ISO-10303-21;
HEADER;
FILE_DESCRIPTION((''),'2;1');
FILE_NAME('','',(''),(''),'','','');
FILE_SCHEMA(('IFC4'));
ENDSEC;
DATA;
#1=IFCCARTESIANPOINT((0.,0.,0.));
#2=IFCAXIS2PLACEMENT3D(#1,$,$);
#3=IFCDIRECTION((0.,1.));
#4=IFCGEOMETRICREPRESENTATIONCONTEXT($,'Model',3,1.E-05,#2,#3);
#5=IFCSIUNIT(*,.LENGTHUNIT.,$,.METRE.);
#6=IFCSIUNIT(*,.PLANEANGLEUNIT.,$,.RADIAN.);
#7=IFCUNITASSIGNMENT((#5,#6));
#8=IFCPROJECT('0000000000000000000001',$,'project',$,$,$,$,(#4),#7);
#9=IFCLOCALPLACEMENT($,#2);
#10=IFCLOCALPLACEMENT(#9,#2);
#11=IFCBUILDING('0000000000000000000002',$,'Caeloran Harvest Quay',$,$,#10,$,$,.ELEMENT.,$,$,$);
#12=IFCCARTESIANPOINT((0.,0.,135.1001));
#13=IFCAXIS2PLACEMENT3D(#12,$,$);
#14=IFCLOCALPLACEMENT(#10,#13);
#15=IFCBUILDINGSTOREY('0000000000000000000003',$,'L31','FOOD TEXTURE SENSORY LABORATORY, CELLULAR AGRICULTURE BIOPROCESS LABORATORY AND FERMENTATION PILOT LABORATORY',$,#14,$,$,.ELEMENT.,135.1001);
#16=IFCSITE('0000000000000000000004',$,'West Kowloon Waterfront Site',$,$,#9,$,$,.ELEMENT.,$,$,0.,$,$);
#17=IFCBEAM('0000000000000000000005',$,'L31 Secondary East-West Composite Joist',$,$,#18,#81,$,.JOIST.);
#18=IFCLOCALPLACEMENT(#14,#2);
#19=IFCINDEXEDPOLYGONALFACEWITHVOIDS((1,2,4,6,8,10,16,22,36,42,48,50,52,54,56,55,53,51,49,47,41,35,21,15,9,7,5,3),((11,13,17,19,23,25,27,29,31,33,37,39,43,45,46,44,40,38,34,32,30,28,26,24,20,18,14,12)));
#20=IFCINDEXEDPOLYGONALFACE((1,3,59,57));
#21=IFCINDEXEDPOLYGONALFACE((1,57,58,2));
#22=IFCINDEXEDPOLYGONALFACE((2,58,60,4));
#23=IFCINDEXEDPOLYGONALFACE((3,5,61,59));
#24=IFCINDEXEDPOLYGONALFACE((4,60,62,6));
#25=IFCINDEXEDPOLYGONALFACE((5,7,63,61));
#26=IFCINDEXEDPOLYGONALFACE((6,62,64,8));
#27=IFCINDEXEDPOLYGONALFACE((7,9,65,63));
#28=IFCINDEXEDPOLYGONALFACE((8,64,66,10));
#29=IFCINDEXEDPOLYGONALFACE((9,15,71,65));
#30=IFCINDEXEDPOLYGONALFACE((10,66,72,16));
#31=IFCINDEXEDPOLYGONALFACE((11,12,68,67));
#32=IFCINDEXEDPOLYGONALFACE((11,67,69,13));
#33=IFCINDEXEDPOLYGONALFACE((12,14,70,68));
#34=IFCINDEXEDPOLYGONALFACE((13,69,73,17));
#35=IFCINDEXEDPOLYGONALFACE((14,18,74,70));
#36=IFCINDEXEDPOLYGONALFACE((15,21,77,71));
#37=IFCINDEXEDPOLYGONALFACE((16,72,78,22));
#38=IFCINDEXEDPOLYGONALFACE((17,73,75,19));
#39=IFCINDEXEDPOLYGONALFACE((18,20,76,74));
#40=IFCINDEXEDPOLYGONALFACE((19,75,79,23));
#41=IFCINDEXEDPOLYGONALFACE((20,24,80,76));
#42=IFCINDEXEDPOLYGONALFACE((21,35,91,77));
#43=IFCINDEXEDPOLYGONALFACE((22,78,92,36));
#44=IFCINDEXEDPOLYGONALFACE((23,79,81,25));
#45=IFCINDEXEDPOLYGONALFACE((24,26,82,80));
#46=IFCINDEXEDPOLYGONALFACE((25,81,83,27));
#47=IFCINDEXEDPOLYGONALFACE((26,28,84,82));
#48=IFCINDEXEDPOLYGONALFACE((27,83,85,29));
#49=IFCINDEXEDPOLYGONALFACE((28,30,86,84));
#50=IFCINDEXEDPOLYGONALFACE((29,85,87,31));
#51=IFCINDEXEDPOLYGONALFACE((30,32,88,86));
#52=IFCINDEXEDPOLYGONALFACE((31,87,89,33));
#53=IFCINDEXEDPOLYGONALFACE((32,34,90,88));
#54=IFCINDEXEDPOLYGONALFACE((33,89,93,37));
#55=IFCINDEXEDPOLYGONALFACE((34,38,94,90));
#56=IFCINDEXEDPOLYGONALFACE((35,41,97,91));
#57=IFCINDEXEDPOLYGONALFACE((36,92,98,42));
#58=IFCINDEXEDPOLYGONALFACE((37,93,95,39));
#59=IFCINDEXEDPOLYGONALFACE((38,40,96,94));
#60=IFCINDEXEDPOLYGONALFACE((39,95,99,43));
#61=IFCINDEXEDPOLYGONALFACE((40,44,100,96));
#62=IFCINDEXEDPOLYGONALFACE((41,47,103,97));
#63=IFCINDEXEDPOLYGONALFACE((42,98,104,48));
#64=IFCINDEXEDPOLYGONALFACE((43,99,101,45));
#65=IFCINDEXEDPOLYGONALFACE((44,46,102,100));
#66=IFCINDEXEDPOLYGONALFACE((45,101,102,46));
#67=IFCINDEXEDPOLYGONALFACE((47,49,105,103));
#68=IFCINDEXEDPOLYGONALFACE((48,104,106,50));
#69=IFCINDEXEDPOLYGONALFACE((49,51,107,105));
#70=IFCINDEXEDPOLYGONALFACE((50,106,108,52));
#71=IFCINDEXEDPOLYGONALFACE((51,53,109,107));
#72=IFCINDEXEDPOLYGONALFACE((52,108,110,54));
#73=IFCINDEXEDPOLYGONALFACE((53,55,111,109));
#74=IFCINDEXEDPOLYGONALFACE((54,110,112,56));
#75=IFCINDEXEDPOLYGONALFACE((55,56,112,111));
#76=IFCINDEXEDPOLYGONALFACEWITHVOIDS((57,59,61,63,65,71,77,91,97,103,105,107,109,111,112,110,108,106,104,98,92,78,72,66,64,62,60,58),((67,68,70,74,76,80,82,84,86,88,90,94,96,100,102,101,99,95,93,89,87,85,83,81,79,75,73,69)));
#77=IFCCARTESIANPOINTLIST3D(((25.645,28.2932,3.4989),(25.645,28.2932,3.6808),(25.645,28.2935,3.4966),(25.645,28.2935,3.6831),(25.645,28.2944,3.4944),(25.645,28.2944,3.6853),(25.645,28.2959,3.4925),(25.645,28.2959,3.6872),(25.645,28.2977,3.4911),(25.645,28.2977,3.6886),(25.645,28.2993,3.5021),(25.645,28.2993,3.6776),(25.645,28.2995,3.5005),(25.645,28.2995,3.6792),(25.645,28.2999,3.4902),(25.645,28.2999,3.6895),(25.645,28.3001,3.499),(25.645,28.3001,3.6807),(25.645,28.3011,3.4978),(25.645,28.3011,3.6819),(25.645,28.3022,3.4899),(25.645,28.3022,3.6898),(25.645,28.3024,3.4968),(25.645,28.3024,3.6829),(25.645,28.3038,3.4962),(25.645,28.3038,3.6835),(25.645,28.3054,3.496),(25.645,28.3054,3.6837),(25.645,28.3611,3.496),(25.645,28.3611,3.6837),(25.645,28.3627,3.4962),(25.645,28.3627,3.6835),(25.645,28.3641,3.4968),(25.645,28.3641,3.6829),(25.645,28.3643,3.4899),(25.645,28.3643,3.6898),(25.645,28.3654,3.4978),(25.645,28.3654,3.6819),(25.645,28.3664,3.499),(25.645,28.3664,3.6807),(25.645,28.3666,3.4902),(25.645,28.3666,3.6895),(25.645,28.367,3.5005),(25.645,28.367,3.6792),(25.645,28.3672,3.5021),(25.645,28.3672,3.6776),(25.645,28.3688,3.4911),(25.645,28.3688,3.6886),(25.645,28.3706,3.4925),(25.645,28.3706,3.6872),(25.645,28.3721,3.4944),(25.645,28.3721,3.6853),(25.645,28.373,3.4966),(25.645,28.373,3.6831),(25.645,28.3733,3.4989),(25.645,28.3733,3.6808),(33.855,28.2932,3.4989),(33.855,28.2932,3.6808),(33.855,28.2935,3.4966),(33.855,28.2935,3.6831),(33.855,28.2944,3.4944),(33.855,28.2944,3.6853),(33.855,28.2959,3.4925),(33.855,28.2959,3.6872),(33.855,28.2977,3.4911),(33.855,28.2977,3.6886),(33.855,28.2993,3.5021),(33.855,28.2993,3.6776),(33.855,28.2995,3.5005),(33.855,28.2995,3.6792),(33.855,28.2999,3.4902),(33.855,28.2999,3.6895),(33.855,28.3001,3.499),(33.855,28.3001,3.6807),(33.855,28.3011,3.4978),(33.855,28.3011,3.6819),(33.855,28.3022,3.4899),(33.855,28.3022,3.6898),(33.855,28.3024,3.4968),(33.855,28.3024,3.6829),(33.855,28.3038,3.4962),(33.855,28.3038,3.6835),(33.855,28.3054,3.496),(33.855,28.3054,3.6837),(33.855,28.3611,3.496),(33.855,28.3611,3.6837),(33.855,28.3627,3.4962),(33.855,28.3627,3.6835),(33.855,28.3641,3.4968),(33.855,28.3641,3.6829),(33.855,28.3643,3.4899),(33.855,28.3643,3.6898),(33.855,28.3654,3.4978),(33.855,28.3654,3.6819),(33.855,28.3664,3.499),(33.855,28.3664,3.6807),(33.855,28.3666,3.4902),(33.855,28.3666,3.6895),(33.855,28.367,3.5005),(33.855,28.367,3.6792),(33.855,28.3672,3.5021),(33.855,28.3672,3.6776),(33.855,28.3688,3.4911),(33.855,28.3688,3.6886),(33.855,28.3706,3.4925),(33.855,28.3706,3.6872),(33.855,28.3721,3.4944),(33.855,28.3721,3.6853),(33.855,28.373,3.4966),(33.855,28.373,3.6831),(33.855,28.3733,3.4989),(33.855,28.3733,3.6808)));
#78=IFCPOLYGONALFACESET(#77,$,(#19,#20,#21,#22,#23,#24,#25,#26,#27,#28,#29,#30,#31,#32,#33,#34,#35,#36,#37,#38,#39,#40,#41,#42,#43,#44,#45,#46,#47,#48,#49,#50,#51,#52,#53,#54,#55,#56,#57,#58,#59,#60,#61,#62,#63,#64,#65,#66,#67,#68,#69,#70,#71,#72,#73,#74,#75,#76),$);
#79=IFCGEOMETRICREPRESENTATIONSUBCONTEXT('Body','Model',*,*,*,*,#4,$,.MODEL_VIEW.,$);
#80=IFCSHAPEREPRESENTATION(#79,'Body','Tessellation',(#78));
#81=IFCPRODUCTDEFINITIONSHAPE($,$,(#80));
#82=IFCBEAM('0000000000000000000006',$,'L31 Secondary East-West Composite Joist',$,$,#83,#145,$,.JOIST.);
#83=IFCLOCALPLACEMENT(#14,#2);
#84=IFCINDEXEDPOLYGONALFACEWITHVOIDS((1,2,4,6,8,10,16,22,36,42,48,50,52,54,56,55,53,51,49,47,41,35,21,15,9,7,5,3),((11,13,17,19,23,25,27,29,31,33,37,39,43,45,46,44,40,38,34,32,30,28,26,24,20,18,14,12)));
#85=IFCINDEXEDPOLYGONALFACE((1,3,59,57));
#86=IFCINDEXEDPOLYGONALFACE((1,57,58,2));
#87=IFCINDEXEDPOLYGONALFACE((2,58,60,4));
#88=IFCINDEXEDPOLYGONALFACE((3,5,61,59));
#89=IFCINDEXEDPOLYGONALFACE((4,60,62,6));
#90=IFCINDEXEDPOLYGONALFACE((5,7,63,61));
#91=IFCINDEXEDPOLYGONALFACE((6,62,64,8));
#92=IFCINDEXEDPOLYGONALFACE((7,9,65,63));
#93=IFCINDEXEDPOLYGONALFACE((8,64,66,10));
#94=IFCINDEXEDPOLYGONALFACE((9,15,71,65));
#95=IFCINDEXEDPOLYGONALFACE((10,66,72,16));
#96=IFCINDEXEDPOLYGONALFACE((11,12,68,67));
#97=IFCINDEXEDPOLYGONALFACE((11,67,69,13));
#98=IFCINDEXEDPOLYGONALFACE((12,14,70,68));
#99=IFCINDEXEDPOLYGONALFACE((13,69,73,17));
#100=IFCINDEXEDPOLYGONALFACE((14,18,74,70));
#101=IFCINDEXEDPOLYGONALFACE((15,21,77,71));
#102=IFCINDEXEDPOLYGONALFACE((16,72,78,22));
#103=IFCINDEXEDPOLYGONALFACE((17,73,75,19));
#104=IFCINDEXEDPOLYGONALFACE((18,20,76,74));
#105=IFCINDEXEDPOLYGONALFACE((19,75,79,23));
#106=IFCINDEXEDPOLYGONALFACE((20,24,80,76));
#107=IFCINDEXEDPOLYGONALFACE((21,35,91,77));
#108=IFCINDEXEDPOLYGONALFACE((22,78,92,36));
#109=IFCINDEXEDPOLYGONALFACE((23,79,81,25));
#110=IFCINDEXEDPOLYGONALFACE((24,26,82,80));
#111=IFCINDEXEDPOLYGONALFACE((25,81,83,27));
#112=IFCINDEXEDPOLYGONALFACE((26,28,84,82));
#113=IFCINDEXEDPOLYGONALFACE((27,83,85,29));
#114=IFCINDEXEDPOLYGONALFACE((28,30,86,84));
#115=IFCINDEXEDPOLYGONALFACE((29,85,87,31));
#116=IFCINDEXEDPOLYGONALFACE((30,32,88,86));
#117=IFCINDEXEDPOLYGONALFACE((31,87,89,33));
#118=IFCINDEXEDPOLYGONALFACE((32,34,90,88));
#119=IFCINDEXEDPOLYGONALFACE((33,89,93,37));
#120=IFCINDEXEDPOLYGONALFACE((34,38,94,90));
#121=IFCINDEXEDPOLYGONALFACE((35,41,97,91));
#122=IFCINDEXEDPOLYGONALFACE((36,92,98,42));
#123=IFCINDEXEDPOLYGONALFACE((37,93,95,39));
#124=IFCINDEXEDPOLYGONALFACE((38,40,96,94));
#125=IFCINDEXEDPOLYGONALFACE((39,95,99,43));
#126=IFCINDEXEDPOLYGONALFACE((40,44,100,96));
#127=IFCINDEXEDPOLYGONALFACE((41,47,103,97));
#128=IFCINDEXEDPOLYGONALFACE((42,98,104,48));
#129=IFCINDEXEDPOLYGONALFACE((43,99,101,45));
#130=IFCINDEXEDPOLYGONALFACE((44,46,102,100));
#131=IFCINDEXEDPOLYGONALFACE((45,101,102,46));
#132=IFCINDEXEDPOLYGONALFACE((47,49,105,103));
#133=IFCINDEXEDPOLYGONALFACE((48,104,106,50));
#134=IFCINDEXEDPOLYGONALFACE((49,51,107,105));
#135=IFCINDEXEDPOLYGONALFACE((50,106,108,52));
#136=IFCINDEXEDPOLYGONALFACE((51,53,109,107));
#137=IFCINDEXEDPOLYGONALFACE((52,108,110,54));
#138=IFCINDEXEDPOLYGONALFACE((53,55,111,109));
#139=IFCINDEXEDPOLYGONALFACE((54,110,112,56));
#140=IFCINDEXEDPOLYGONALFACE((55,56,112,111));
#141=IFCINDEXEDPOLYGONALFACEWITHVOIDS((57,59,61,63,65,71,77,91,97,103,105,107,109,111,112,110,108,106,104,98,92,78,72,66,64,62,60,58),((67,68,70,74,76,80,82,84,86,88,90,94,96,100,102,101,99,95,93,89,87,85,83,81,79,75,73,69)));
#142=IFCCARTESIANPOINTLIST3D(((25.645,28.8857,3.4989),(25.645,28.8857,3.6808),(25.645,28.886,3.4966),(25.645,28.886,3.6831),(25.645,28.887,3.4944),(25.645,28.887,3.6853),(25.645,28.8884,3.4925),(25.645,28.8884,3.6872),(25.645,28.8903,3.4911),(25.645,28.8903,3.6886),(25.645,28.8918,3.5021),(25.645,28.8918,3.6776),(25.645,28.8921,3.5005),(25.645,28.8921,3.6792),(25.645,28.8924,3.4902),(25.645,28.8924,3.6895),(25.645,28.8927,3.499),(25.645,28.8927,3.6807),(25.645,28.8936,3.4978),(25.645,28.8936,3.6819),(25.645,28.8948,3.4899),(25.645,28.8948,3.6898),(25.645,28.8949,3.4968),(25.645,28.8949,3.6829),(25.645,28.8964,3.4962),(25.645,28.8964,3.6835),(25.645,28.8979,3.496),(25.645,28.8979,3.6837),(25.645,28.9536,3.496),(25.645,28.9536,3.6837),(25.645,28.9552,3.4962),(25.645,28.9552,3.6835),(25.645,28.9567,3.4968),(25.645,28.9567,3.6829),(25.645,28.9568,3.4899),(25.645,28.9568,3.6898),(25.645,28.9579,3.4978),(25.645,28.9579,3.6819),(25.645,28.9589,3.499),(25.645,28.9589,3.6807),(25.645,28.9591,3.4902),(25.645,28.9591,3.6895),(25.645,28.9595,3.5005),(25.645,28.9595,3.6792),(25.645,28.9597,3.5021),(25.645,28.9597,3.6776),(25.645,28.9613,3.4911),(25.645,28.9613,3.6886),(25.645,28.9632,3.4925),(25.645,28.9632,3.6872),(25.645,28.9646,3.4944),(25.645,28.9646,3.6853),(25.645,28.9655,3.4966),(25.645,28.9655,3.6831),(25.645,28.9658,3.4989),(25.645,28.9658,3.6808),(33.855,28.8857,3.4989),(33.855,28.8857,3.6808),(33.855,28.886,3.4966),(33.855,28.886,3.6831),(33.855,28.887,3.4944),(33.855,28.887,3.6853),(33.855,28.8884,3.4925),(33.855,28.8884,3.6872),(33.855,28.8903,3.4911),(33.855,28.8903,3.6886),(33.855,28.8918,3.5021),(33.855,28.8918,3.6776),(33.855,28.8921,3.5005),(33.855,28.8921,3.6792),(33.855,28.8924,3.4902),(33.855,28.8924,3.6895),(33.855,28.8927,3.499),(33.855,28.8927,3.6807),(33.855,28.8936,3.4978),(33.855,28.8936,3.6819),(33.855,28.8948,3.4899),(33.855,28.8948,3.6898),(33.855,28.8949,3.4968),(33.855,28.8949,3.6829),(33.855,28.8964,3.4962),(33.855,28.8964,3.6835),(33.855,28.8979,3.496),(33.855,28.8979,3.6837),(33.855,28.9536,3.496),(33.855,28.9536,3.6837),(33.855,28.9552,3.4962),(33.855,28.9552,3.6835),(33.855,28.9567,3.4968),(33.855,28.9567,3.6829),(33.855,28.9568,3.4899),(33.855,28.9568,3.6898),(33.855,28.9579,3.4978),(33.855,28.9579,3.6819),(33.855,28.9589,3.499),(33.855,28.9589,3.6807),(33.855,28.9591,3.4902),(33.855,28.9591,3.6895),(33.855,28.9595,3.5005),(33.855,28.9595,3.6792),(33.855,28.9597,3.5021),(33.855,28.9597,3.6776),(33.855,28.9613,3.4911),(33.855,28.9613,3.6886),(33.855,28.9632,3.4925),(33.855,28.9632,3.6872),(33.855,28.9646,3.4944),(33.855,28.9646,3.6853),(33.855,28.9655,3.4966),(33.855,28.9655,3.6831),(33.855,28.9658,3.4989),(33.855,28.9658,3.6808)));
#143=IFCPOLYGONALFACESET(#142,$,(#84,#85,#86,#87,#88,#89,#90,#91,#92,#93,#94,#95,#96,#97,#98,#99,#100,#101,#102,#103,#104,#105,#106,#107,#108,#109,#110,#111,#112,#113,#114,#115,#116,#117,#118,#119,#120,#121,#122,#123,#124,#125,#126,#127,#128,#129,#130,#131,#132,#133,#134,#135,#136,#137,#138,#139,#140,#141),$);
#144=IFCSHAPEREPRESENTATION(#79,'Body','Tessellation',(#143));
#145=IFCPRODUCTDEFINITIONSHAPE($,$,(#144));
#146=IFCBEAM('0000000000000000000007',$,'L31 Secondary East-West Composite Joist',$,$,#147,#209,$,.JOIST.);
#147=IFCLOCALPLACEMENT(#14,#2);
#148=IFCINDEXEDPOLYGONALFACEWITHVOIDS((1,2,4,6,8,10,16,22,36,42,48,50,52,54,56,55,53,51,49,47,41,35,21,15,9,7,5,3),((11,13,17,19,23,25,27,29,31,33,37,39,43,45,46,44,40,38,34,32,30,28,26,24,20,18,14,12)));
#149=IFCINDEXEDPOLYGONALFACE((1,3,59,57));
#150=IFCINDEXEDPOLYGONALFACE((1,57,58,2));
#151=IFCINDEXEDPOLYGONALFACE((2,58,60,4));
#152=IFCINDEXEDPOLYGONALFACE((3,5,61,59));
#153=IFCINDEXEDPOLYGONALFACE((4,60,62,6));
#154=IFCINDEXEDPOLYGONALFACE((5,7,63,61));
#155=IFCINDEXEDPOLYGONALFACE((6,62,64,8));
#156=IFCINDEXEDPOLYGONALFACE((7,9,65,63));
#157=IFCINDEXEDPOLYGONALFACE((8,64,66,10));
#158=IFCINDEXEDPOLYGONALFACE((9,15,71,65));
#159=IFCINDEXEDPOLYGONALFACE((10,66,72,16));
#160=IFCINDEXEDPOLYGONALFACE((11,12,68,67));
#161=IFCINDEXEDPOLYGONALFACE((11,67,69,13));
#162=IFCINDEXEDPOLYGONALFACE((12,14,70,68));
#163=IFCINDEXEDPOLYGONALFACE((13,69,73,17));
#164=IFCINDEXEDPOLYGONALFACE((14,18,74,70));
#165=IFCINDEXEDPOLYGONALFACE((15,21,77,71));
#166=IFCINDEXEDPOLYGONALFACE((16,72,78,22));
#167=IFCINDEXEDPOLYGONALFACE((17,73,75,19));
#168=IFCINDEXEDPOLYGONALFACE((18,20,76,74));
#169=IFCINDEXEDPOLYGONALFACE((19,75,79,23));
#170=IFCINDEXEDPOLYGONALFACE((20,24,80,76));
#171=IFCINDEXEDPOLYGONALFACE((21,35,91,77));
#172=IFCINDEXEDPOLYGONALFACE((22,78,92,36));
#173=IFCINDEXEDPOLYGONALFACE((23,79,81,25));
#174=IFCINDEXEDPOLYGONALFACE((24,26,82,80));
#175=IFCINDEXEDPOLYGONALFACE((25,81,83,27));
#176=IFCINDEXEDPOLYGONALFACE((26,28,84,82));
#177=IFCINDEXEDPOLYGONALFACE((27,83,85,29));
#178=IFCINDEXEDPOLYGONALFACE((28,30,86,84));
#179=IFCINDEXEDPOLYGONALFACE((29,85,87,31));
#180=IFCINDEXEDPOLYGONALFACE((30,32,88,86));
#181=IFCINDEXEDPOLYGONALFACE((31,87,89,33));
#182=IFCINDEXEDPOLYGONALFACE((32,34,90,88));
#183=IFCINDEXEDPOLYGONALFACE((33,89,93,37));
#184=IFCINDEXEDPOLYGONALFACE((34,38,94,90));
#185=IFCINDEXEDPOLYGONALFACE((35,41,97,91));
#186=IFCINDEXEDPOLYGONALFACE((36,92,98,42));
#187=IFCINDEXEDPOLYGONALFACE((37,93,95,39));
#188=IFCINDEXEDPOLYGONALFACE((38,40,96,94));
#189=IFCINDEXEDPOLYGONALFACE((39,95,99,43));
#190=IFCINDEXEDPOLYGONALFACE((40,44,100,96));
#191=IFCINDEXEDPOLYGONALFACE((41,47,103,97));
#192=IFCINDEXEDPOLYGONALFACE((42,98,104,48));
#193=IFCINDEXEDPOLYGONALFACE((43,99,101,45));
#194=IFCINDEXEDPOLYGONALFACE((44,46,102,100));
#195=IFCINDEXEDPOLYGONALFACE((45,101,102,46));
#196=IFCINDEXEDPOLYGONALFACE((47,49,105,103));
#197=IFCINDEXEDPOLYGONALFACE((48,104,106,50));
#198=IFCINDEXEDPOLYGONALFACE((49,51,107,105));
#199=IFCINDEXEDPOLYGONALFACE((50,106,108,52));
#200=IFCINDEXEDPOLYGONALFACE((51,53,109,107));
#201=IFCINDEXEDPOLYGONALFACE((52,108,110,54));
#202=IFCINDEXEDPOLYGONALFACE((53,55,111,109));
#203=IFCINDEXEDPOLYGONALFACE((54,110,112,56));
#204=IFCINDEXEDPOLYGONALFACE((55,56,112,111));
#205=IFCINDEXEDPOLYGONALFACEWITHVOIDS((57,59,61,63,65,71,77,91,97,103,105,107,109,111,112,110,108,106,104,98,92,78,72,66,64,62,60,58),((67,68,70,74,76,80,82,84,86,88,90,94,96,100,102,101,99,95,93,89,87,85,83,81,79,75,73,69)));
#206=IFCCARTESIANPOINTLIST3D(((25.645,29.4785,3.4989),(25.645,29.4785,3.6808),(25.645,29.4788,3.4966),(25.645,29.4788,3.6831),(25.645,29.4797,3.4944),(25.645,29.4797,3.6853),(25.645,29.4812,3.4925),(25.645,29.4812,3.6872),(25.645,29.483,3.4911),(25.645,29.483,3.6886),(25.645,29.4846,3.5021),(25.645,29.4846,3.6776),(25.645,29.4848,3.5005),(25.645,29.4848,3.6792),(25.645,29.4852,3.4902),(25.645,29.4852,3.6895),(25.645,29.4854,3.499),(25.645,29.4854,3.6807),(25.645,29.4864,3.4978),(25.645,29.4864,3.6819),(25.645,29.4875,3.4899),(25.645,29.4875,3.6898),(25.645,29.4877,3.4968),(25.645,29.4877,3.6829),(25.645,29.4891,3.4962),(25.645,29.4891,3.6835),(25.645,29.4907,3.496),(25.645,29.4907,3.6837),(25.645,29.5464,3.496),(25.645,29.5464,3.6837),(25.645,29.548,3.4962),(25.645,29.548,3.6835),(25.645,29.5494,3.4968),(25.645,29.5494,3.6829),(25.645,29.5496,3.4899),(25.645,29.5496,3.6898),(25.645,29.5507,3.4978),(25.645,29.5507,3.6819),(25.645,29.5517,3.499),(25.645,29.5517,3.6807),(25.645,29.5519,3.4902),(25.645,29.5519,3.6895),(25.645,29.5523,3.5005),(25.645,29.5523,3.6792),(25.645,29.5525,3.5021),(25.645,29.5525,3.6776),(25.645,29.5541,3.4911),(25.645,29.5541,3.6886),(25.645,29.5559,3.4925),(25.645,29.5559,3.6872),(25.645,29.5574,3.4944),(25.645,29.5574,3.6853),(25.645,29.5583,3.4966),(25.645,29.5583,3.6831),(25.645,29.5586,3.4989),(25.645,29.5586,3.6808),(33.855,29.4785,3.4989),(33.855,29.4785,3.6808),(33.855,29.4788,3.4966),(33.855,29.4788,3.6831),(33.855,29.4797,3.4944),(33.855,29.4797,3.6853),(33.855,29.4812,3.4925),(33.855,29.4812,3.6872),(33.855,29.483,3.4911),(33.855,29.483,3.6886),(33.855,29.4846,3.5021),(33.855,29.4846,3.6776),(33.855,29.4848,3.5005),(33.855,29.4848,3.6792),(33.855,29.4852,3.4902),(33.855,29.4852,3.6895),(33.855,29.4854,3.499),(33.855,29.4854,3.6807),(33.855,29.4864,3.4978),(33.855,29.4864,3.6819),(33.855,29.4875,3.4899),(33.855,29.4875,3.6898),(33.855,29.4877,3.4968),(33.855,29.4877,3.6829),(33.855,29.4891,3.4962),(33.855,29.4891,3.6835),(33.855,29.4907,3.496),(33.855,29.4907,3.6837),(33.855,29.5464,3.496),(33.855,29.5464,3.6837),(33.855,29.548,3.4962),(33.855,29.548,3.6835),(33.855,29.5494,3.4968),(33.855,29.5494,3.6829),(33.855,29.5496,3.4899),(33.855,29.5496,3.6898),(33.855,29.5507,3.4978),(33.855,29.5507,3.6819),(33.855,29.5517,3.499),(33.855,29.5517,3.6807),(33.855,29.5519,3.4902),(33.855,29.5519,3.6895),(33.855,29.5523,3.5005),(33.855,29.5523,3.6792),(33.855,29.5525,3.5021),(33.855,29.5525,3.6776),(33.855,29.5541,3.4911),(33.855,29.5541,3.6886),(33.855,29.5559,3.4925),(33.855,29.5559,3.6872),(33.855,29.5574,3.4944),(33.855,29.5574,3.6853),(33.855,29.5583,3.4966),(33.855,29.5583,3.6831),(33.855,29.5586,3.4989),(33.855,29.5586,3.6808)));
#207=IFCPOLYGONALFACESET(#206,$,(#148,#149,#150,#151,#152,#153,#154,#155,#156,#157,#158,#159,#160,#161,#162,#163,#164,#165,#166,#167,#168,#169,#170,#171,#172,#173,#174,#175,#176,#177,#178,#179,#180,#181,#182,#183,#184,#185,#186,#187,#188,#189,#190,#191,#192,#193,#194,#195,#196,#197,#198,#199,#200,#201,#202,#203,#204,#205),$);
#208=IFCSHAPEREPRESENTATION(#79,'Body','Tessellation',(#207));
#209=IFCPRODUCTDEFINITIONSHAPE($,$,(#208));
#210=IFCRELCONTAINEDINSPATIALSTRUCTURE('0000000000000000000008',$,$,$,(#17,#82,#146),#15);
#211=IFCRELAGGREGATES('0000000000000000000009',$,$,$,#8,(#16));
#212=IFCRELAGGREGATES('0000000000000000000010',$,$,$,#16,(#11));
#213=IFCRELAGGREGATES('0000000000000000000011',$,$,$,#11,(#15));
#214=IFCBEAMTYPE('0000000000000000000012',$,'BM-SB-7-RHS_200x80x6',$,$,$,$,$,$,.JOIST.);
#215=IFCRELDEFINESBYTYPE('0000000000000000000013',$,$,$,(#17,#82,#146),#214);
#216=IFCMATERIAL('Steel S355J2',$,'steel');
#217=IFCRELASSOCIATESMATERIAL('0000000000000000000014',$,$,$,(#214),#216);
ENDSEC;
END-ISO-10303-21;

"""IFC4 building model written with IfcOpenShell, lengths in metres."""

from ifc_helpers import new_model, si_unit, direction, frame, origin, origin_2d, place, context, subcontext, project, spatial, hollow_rectangle, extrude, material, material_profile, profile_set, type_object, element, save


model = new_model("IFC4")

# Units and contexts
model_context = context("Model", 3, precision=1e-05, world=origin(), true_north=direction((0.0, 1.0)))
body_context = subcontext(model_context, "Body", "Model", "MODEL_VIEW")
ifc_project = project(units=[si_unit("LENGTHUNIT", "METRE"), si_unit("PLANEANGLEUNIT", "RADIAN")], contexts=[model_context])

# Site, building, storey
site_placement = place(None, origin())
site = spatial("IfcSite", under=ifc_project, at=site_placement, Name="West Kowloon Waterfront Site", CompositionType="ELEMENT", RefElevation=0.0)
building_placement = place(site_placement, origin())
building = spatial("IfcBuilding", under=site, at=building_placement, Name="Caeloran Harvest Quay", CompositionType="ELEMENT")
storey_placement = place(building_placement, frame((0.0, 0.0, 135.1001)))
storey = spatial("IfcBuildingStorey", under=building, at=storey_placement, Name="L31", Description="FOOD TEXTURE SENSORY LABORATORY, CELLULAR AGRICULTURE BIOPROCESS LABORATORY AND FERMENTATION PILOT LABORATORY", CompositionType="ELEMENT", Elevation=135.1001)

# Beams
ifc_material = material(Name="Steel S355J2", Category="steel")
ifc_material_profile_1 = material_profile(ifc_material, hollow_rectangle(XDim=0.0801, YDim=0.2, WallThickness=0.0061, InnerFilletRadius=0.0061, OuterFilletRadius=0.009, at=origin_2d()), Name="RHS 200x80x6")
ifc_profile_set_1 = profile_set([ifc_material_profile_1], Name="Steel S355J2")
beam_type_1 = type_object("IfcBeamType", Name="BM-SB-7-RHS_200x80x6", PredefinedType="JOIST", material=ifc_profile_set_1)
for number, where, z_axis, x_axis, name in (
    (1, (25.645, 28.3333, 3.5898), (1.0, 0.0, 0.0), (0.0, 1.0, 0.0), "L31 Secondary East-West Composite Joist"),
    (2, (25.645, 28.9258, 3.5898), (1.0, 0.0, 0.0), (0.0, 1.0, 0.0), "L31 Secondary East-West Composite Joist"),
    (3, (25.645, 29.5186, 3.5898), (1.0, 0.0, 0.0), (0.0, 1.0, 0.0), "L31 Secondary East-West Composite Joist"),
):
    element("IfcBeam", number, at=place(storey_placement, frame(where, z_axis=z_axis, x_axis=x_axis)), inside=storey, type_object=beam_type_1, Name=name, PredefinedType="JOIST", context=body_context, shape_type="SweptSolid", body=[
        extrude(hollow_rectangle(XDim=0.0801, YDim=0.2, WallThickness=0.0061, InnerFilletRadius=0.0061, OuterFilletRadius=0.009, at=origin_2d()), origin(), (0.0, 0.0, 1.0), 8.21),
    ])

save(model, "model.ifc")
